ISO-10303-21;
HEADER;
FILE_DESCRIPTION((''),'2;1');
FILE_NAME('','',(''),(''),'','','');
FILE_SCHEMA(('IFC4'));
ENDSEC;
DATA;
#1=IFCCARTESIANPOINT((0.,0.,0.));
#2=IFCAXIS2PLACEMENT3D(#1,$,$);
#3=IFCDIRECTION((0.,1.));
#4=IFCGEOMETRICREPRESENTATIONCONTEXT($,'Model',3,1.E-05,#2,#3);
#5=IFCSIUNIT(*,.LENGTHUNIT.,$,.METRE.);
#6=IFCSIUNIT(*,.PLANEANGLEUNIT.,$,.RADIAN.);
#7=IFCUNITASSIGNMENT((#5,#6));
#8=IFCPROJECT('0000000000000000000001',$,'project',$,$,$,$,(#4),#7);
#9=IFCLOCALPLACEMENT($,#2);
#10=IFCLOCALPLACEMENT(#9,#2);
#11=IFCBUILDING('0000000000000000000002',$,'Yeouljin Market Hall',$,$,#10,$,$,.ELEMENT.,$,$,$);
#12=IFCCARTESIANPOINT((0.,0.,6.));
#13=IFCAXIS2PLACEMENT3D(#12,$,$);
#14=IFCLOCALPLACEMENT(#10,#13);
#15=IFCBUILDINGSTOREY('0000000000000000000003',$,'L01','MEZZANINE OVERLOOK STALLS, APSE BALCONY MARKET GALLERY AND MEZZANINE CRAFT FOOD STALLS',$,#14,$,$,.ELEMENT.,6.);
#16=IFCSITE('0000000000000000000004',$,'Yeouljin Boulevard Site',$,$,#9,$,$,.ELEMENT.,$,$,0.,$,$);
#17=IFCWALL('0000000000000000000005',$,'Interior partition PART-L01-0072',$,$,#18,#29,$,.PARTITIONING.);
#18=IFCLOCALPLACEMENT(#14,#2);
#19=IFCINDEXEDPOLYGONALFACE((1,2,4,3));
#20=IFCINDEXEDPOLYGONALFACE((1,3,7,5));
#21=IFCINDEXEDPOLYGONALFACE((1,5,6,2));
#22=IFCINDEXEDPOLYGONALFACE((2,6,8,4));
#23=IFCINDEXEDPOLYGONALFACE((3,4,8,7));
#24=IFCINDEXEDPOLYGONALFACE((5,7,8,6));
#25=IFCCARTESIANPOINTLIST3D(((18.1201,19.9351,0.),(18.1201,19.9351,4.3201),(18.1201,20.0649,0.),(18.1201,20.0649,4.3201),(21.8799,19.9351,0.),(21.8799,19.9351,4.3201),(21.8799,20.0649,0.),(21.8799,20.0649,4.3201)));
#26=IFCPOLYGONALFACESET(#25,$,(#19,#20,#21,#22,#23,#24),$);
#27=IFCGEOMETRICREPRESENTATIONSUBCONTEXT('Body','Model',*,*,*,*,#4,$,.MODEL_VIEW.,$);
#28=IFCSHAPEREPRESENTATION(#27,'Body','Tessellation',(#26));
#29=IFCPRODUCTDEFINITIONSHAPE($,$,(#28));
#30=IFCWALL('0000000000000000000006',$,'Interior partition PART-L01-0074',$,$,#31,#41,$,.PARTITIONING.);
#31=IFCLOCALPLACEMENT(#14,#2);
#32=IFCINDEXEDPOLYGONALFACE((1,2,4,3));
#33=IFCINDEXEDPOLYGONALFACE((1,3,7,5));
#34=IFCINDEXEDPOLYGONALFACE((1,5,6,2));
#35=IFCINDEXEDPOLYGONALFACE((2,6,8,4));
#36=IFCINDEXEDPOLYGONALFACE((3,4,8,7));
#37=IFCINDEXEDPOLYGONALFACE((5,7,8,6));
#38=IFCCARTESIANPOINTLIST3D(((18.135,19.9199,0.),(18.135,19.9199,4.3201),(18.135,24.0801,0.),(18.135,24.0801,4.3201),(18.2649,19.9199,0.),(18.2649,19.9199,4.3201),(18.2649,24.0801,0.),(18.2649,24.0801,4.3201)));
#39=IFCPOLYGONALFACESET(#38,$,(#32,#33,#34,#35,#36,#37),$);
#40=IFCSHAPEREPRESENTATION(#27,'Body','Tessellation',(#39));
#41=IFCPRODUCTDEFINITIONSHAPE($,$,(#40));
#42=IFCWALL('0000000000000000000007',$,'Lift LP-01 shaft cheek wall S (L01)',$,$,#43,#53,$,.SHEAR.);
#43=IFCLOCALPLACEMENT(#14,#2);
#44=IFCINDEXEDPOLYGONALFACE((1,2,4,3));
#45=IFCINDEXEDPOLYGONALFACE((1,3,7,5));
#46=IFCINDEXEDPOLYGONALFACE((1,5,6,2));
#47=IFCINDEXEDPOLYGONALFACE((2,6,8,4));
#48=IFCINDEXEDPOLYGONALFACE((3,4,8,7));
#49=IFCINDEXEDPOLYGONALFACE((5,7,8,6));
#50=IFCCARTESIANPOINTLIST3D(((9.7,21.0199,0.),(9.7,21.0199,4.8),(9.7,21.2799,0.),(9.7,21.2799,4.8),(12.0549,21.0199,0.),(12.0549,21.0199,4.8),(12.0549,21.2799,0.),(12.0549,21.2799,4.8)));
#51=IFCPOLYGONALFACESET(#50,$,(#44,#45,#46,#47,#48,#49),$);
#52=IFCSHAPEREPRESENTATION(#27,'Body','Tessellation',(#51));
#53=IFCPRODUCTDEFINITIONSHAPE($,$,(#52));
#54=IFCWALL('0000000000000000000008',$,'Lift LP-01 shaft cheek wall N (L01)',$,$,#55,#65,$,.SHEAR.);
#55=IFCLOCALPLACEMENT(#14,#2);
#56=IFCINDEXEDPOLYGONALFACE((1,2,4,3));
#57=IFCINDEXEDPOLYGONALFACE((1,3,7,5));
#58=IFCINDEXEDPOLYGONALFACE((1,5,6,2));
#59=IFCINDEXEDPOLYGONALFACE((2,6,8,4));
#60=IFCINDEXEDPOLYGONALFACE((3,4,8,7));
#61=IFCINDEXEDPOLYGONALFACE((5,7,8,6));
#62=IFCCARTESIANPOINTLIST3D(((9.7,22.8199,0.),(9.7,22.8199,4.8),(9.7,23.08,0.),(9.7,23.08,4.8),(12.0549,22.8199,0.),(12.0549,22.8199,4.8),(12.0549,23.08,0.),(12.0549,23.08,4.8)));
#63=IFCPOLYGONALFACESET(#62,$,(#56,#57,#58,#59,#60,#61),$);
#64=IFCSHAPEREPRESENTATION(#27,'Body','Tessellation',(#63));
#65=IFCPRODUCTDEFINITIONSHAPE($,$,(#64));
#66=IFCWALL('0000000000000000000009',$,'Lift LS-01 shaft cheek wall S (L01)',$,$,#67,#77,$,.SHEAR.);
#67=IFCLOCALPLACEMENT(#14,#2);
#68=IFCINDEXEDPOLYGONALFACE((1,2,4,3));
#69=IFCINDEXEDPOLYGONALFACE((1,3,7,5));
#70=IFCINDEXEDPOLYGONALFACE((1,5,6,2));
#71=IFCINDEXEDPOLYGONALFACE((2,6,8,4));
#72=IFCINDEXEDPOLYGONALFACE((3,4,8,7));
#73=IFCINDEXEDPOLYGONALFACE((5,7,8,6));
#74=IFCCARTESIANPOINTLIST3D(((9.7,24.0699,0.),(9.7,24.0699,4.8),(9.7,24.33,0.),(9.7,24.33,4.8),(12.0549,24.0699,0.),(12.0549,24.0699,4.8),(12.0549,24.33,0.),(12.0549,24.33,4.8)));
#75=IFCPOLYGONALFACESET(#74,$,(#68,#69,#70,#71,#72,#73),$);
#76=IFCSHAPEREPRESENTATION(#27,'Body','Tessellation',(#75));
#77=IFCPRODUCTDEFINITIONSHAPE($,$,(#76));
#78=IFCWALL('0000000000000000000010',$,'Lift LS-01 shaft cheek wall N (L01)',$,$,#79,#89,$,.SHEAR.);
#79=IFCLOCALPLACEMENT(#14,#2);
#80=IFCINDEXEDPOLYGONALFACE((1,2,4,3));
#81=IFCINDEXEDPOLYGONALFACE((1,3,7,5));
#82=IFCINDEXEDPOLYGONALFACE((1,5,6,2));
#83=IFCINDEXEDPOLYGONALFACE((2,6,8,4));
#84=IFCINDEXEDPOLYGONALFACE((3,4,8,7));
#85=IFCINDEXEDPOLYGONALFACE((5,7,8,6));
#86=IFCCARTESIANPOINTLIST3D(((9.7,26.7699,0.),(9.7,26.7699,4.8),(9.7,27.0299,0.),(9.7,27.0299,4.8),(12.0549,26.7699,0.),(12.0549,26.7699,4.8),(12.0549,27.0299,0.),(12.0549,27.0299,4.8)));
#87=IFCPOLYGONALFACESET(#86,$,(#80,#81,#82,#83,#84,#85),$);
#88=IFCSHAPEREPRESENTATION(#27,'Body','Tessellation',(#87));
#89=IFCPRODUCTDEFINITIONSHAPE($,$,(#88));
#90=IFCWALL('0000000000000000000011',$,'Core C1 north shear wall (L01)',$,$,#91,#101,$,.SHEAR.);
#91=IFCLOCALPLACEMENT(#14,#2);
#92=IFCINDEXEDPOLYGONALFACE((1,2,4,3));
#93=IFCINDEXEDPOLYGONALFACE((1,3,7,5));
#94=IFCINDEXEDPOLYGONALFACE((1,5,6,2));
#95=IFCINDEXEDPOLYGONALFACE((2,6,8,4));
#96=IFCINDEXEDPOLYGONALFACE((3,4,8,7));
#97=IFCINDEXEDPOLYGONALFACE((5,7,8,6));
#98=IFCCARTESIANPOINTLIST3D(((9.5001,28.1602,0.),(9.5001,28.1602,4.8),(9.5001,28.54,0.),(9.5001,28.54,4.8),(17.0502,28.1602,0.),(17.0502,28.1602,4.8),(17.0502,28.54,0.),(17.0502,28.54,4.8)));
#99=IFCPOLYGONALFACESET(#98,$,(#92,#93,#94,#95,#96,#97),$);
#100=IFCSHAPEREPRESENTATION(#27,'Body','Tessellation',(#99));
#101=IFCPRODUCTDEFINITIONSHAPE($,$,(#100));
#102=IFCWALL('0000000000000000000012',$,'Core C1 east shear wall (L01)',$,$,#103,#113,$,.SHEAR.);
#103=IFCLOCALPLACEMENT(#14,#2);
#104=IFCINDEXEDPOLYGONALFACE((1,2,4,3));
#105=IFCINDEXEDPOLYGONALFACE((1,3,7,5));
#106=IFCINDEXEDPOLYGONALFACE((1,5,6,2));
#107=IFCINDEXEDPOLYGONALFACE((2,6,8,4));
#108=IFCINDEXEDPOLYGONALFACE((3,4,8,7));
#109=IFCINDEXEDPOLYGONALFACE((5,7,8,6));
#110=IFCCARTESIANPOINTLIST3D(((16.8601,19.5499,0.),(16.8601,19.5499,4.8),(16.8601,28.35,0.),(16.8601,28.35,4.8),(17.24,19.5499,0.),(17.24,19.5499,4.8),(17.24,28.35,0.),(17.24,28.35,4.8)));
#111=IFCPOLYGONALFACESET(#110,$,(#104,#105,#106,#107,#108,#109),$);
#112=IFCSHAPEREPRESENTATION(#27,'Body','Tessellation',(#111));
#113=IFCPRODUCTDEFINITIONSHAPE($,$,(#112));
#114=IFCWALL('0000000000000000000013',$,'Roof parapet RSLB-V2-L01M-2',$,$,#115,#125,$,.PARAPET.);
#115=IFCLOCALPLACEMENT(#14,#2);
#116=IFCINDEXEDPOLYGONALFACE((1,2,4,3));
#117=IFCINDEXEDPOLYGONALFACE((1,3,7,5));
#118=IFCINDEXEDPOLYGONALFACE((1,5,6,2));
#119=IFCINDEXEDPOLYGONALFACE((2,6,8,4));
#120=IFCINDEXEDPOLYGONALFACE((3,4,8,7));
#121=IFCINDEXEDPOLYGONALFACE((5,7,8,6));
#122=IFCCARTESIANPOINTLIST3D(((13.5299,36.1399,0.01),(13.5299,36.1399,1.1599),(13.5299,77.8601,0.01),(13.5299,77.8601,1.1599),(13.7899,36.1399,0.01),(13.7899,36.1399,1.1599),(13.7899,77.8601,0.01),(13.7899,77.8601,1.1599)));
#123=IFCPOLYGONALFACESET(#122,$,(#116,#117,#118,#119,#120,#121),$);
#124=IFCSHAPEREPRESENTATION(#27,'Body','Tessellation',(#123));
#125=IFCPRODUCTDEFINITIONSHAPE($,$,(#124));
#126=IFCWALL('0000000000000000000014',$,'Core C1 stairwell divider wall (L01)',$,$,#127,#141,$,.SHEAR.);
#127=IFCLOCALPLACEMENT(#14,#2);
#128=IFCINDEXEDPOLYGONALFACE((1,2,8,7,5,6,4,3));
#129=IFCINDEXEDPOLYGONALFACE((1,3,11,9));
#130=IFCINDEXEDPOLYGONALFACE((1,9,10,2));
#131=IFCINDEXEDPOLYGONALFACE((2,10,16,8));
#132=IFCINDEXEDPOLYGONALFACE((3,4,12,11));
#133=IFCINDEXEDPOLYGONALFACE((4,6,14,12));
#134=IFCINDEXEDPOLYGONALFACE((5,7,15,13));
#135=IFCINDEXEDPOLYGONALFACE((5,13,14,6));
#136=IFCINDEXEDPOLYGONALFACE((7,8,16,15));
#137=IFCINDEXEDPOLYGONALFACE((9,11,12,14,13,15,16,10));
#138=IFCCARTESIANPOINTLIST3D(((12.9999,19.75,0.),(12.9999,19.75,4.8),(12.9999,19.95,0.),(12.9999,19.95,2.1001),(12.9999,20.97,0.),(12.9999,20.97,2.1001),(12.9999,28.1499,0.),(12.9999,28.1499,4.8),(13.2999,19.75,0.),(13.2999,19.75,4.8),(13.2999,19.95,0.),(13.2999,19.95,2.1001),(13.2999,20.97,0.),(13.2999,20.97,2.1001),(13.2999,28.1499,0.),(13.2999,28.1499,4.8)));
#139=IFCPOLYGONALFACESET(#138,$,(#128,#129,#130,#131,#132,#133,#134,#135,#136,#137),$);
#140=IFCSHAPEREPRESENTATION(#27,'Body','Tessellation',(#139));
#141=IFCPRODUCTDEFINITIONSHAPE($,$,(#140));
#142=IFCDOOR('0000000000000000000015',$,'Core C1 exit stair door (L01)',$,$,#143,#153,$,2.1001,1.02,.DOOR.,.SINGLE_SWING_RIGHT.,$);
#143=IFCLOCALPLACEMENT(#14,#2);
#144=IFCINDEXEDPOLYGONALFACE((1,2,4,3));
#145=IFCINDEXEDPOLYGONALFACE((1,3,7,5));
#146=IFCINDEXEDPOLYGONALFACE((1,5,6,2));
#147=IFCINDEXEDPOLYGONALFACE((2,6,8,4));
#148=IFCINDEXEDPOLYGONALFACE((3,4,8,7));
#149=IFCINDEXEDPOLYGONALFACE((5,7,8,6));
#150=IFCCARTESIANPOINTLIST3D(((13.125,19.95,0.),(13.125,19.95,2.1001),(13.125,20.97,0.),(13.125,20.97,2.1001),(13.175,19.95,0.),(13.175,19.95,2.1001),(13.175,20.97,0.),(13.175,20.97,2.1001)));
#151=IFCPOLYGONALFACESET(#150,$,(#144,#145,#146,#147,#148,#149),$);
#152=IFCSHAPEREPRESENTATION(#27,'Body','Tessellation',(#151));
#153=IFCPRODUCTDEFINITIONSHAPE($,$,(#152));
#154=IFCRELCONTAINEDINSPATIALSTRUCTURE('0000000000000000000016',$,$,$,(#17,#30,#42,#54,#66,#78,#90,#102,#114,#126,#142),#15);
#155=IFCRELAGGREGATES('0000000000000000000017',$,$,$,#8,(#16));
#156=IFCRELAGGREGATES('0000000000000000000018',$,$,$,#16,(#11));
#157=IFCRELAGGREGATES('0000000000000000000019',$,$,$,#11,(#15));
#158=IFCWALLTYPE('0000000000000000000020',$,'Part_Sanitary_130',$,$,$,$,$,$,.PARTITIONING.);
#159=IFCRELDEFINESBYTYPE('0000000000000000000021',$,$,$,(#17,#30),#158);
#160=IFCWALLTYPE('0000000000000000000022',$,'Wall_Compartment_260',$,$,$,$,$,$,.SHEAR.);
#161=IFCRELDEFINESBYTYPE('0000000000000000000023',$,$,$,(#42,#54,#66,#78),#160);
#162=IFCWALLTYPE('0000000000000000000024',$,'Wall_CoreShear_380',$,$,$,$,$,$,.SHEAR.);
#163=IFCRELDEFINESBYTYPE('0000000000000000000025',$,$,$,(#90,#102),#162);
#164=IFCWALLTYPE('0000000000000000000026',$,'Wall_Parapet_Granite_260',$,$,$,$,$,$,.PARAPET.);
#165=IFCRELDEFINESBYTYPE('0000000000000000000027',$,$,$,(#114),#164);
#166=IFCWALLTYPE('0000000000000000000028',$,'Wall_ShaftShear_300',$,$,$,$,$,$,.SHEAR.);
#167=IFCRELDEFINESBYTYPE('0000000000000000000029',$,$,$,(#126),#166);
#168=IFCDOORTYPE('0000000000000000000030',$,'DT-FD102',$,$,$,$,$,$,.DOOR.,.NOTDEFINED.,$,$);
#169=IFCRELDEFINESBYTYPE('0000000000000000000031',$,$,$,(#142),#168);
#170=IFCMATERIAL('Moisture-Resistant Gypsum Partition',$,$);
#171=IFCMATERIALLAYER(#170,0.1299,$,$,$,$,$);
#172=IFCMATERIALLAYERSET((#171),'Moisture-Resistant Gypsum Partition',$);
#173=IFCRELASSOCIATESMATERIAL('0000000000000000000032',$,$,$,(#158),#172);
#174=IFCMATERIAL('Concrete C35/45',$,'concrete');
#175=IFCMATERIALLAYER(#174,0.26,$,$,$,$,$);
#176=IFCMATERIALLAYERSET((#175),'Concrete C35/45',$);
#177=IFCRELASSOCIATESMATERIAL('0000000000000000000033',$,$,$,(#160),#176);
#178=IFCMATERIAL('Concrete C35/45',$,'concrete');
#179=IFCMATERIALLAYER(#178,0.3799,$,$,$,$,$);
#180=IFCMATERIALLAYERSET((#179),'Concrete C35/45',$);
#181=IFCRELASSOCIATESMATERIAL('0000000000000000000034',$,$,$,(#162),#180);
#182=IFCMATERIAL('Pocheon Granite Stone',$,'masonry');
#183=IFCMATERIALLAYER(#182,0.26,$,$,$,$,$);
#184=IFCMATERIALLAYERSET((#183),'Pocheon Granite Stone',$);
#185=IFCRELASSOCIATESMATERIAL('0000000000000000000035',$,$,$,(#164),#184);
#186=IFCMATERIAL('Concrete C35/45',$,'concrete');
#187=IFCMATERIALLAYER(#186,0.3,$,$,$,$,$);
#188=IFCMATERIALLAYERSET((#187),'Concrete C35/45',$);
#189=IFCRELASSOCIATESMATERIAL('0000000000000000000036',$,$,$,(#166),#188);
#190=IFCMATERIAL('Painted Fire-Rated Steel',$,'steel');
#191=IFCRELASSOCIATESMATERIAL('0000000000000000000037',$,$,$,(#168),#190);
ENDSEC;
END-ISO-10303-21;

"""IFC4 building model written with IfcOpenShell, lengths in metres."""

from ifc_helpers import new_model, si_unit, direction, frame, frame_2d, origin, place, context, subcontext, project, spatial, rectangle, extrude, material, layer, layer_set, type_object, element, fill, save


model = new_model("IFC4")

# Units and contexts
model_context = context("Model", 3, precision=1e-05, world=origin(), true_north=direction((0.0, 1.0)))
body_context = subcontext(model_context, "Body", "Model", "MODEL_VIEW")
ifc_project = project(units=[si_unit("LENGTHUNIT", "METRE"), si_unit("PLANEANGLEUNIT", "RADIAN")], contexts=[model_context])

# Site, building, storey
site_placement = place(None, origin())
site = spatial("IfcSite", under=ifc_project, at=site_placement, Name="Yeouljin Boulevard Site", CompositionType="ELEMENT", RefElevation=0.0)
building_placement = place(site_placement, origin())
building = spatial("IfcBuilding", under=site, at=building_placement, Name="Yeouljin Market Hall", CompositionType="ELEMENT")
storey_placement = place(building_placement, frame((0.0, 0.0, 6.0)))
storey = spatial("IfcBuildingStorey", under=building, at=storey_placement, Name="L01", Description="MEZZANINE OVERLOOK STALLS, APSE BALCONY MARKET GALLERY AND MEZZANINE CRAFT FOOD STALLS", CompositionType="ELEMENT", Elevation=6.0)

# Walls
ifc_material_1 = material(Name="Moisture-Resistant Gypsum Partition")
ifc_layer_1 = layer(ifc_material_1, 0.1299)
ifc_layer_set_1 = layer_set([ifc_layer_1], Name="Moisture-Resistant Gypsum Partition")
wall_type_1 = type_object("IfcWallType", Name="Part_Sanitary_130", PredefinedType="PARTITIONING", material=ifc_layer_set_1)
wall_1_placement = place(storey_placement, frame((18.1201, 20.0, 0.0), z_axis=(0.0, 0.0, 1.0), x_axis=(1.0, 0.0, 0.0)))
element("IfcWall", 1, at=wall_1_placement, inside=storey, type_object=wall_type_1, Name="Interior partition PART-L01-0072", PredefinedType="PARTITIONING", context=body_context, shape_type="SweptSolid", body=[
    extrude(rectangle(XDim=3.7598, YDim=0.1299, at=frame_2d((1.8799, 0.0))), origin(), (0.0, 0.0, 1.0), 4.3201),
])
wall_2_placement = place(storey_placement, frame((18.2, 24.0801, 0.0), z_axis=(0.0, 0.0, 1.0), x_axis=(0.0, -1.0, 0.0)))
element("IfcWall", 2, at=wall_2_placement, inside=storey, type_object=wall_type_1, Name="Interior partition PART-L01-0074", PredefinedType="PARTITIONING", context=body_context, shape_type="SweptSolid", body=[
    extrude(rectangle(XDim=4.1602, YDim=0.1299, at=frame_2d((2.0801, 0.0))), origin(), (0.0, 0.0, 1.0), 4.3201),
])

# Shared definitions
ifc_material_2 = material(Name="Concrete C35/45", Category="concrete")
ifc_layer_2 = layer(ifc_material_2, 0.26)
ifc_layer_set_2 = layer_set([ifc_layer_2], Name="Concrete C35/45")
wall_type_2 = type_object("IfcWallType", Name="Wall_Compartment_260", PredefinedType="SHEAR", material=ifc_layer_set_2)

# Walls
for number, where, z_axis, x_axis, name in (
    (3, (9.7, 21.1499, 0.0), (0.0, 0.0, 1.0), (1.0, 0.0, 0.0), "Lift LP-01 shaft cheek wall S (L01)"),
    (4, (9.7, 22.95, 0.0), (0.0, 0.0, 1.0), (1.0, 0.0, 0.0), "Lift LP-01 shaft cheek wall N (L01)"),
):
    element("IfcWall", number, at=place(storey_placement, frame(where, z_axis=z_axis, x_axis=x_axis)), inside=storey, type_object=wall_type_2, Name=name, PredefinedType="SHEAR", context=body_context, shape_type="SweptSolid", body=[
        extrude(rectangle(XDim=2.355, YDim=0.26, at=frame_2d((1.1775, 0.0))), origin(), (0.0, 0.0, 1.0), 4.8),
    ])

# Walls
for number, where, z_axis, x_axis, name in (
    (5, (9.7, 24.2, 0.0), (0.0, 0.0, 1.0), (1.0, 0.0, 0.0), "Lift LS-01 shaft cheek wall S (L01)"),
    (6, (9.7, 26.8999, 0.0), (0.0, 0.0, 1.0), (1.0, 0.0, 0.0), "Lift LS-01 shaft cheek wall N (L01)"),
):
    element("IfcWall", number, at=place(storey_placement, frame(where, z_axis=z_axis, x_axis=x_axis)), inside=storey, type_object=wall_type_2, Name=name, PredefinedType="SHEAR", context=body_context, shape_type="SweptSolid", body=[
        extrude(rectangle(XDim=2.355, YDim=0.26, at=frame_2d((1.1775, 0.0))), origin(), (0.0, 0.0, 1.0), 4.8),
    ])
ifc_material_3 = material(Name="Concrete C35/45", Category="concrete")
ifc_layer_3 = layer(ifc_material_3, 0.3799)
ifc_layer_set_3 = layer_set([ifc_layer_3], Name="Concrete C35/45")
wall_type_3 = type_object("IfcWallType", Name="Wall_CoreShear_380", PredefinedType="SHEAR", material=ifc_layer_set_3)
wall_3_placement = place(storey_placement, frame((17.05, 28.3501, 0.0), z_axis=(0.0, 0.0, 1.0), x_axis=(-1.0, 0.0, 0.0)))
element("IfcWall", 7, at=wall_3_placement, inside=storey, type_object=wall_type_3, Name="Core C1 north shear wall (L01)", PredefinedType="SHEAR", context=body_context, shape_type="SweptSolid", body=[
    extrude(rectangle(XDim=7.55, YDim=0.3799, at=frame_2d((3.7749, 0.0))), origin(), (0.0, 0.0, 1.0), 4.8),
])
wall_4_placement = place(storey_placement, frame((17.05, 19.55, 0.0), z_axis=(0.0, 0.0, 1.0), x_axis=(0.0, 1.0, 0.0)))
element("IfcWall", 8, at=wall_4_placement, inside=storey, type_object=wall_type_3, Name="Core C1 east shear wall (L01)", PredefinedType="SHEAR", context=body_context, shape_type="SweptSolid", body=[
    extrude(rectangle(XDim=8.8, YDim=0.3799, at=frame_2d((4.3999, 0.0))), origin(), (0.0, 0.0, 1.0), 4.8),
])
ifc_material_4 = material(Name="Pocheon Granite Stone", Category="masonry")
ifc_layer_4 = layer(ifc_material_4, 0.26)
ifc_layer_set_4 = layer_set([ifc_layer_4], Name="Pocheon Granite Stone")
wall_type_4 = type_object("IfcWallType", Name="Wall_Parapet_Granite_260", PredefinedType="PARAPET", material=ifc_layer_set_4)
wall_5_placement = place(storey_placement, frame((13.6599, 36.1399, 0.01), z_axis=(0.0, 0.0, 1.0), x_axis=(0.0, 1.0, 0.0)))
element("IfcWall", 9, at=wall_5_placement, inside=storey, type_object=wall_type_4, Name="Roof parapet RSLB-V2-L01M-2", PredefinedType="PARAPET", context=body_context, shape_type="SweptSolid", body=[
    extrude(rectangle(XDim=41.7202, YDim=0.26, at=frame_2d((20.8601, 0.0))), origin(), (0.0, 0.0, 1.0), 1.1499),
])

# Wall, opening, door
ifc_material_5 = material(Name="Concrete C35/45", Category="concrete")
ifc_layer_5 = layer(ifc_material_5, 0.3)
ifc_layer_set_5 = layer_set([ifc_layer_5], Name="Concrete C35/45")
wall_type_5 = type_object("IfcWallType", Name="Wall_ShaftShear_300", PredefinedType="SHEAR", material=ifc_layer_set_5)
wall_6_placement = place(storey_placement, frame((13.1499, 19.75, 0.0), z_axis=(0.0, 0.0, 1.0), x_axis=(0.0, 1.0, 0.0)))
wall_6 = element("IfcWall", 10, at=wall_6_placement, inside=storey, type_object=wall_type_5, Name="Core C1 stairwell divider wall (L01)", PredefinedType="SHEAR", context=body_context, shape_type="SweptSolid", body=[
    extrude(rectangle(XDim=8.3999, YDim=0.3, at=frame_2d((4.2, 0.0))), origin(), (0.0, 0.0, 1.0), 4.8),
])
opening_1_placement = place(wall_6_placement, frame((0.2, 0.0, 0.0)))
opening_1 = element("IfcOpeningElement", 11, at=opening_1_placement, cuts=wall_6, PredefinedType="OPENING", context=body_context, shape_type="SweptSolid", body=[
    extrude(rectangle(XDim=1.02, YDim=2.1001, at=frame_2d((0.51, 1.05))), frame((0.0, 0.1599, 0.0), z_axis=(0.0, -1.0, 0.0), x_axis=(1.0, 0.0, 0.0)), (0.0, 0.0, 1.0), 0.3201),
])
ifc_material_6 = material(Name="Painted Fire-Rated Steel", Category="steel")
door_type_1 = type_object("IfcDoorType", Name="DT-FD102", OperationType="NOTDEFINED", PredefinedType="DOOR", material=ifc_material_6)
door_1_placement = place(opening_1_placement, origin())
door_1 = element("IfcDoor", 12, at=door_1_placement, inside=storey, type_object=door_type_1, Name="Core C1 exit stair door (L01)", OperationType="SINGLE_SWING_RIGHT", OverallHeight=2.1001, OverallWidth=1.02, PredefinedType="DOOR", context=body_context, shape_type="SweptSolid", body=[
    extrude(rectangle(XDim=1.02, YDim=2.1001, at=frame_2d((0.51, 1.05))), frame((0.0, 0.0249, 0.0), z_axis=(0.0, -1.0, 0.0), x_axis=(1.0, 0.0, 0.0)), (0.0, 0.0, 1.0), 0.05),
])
fill(opening_1, door_1)

save(model, "model.ifc")
